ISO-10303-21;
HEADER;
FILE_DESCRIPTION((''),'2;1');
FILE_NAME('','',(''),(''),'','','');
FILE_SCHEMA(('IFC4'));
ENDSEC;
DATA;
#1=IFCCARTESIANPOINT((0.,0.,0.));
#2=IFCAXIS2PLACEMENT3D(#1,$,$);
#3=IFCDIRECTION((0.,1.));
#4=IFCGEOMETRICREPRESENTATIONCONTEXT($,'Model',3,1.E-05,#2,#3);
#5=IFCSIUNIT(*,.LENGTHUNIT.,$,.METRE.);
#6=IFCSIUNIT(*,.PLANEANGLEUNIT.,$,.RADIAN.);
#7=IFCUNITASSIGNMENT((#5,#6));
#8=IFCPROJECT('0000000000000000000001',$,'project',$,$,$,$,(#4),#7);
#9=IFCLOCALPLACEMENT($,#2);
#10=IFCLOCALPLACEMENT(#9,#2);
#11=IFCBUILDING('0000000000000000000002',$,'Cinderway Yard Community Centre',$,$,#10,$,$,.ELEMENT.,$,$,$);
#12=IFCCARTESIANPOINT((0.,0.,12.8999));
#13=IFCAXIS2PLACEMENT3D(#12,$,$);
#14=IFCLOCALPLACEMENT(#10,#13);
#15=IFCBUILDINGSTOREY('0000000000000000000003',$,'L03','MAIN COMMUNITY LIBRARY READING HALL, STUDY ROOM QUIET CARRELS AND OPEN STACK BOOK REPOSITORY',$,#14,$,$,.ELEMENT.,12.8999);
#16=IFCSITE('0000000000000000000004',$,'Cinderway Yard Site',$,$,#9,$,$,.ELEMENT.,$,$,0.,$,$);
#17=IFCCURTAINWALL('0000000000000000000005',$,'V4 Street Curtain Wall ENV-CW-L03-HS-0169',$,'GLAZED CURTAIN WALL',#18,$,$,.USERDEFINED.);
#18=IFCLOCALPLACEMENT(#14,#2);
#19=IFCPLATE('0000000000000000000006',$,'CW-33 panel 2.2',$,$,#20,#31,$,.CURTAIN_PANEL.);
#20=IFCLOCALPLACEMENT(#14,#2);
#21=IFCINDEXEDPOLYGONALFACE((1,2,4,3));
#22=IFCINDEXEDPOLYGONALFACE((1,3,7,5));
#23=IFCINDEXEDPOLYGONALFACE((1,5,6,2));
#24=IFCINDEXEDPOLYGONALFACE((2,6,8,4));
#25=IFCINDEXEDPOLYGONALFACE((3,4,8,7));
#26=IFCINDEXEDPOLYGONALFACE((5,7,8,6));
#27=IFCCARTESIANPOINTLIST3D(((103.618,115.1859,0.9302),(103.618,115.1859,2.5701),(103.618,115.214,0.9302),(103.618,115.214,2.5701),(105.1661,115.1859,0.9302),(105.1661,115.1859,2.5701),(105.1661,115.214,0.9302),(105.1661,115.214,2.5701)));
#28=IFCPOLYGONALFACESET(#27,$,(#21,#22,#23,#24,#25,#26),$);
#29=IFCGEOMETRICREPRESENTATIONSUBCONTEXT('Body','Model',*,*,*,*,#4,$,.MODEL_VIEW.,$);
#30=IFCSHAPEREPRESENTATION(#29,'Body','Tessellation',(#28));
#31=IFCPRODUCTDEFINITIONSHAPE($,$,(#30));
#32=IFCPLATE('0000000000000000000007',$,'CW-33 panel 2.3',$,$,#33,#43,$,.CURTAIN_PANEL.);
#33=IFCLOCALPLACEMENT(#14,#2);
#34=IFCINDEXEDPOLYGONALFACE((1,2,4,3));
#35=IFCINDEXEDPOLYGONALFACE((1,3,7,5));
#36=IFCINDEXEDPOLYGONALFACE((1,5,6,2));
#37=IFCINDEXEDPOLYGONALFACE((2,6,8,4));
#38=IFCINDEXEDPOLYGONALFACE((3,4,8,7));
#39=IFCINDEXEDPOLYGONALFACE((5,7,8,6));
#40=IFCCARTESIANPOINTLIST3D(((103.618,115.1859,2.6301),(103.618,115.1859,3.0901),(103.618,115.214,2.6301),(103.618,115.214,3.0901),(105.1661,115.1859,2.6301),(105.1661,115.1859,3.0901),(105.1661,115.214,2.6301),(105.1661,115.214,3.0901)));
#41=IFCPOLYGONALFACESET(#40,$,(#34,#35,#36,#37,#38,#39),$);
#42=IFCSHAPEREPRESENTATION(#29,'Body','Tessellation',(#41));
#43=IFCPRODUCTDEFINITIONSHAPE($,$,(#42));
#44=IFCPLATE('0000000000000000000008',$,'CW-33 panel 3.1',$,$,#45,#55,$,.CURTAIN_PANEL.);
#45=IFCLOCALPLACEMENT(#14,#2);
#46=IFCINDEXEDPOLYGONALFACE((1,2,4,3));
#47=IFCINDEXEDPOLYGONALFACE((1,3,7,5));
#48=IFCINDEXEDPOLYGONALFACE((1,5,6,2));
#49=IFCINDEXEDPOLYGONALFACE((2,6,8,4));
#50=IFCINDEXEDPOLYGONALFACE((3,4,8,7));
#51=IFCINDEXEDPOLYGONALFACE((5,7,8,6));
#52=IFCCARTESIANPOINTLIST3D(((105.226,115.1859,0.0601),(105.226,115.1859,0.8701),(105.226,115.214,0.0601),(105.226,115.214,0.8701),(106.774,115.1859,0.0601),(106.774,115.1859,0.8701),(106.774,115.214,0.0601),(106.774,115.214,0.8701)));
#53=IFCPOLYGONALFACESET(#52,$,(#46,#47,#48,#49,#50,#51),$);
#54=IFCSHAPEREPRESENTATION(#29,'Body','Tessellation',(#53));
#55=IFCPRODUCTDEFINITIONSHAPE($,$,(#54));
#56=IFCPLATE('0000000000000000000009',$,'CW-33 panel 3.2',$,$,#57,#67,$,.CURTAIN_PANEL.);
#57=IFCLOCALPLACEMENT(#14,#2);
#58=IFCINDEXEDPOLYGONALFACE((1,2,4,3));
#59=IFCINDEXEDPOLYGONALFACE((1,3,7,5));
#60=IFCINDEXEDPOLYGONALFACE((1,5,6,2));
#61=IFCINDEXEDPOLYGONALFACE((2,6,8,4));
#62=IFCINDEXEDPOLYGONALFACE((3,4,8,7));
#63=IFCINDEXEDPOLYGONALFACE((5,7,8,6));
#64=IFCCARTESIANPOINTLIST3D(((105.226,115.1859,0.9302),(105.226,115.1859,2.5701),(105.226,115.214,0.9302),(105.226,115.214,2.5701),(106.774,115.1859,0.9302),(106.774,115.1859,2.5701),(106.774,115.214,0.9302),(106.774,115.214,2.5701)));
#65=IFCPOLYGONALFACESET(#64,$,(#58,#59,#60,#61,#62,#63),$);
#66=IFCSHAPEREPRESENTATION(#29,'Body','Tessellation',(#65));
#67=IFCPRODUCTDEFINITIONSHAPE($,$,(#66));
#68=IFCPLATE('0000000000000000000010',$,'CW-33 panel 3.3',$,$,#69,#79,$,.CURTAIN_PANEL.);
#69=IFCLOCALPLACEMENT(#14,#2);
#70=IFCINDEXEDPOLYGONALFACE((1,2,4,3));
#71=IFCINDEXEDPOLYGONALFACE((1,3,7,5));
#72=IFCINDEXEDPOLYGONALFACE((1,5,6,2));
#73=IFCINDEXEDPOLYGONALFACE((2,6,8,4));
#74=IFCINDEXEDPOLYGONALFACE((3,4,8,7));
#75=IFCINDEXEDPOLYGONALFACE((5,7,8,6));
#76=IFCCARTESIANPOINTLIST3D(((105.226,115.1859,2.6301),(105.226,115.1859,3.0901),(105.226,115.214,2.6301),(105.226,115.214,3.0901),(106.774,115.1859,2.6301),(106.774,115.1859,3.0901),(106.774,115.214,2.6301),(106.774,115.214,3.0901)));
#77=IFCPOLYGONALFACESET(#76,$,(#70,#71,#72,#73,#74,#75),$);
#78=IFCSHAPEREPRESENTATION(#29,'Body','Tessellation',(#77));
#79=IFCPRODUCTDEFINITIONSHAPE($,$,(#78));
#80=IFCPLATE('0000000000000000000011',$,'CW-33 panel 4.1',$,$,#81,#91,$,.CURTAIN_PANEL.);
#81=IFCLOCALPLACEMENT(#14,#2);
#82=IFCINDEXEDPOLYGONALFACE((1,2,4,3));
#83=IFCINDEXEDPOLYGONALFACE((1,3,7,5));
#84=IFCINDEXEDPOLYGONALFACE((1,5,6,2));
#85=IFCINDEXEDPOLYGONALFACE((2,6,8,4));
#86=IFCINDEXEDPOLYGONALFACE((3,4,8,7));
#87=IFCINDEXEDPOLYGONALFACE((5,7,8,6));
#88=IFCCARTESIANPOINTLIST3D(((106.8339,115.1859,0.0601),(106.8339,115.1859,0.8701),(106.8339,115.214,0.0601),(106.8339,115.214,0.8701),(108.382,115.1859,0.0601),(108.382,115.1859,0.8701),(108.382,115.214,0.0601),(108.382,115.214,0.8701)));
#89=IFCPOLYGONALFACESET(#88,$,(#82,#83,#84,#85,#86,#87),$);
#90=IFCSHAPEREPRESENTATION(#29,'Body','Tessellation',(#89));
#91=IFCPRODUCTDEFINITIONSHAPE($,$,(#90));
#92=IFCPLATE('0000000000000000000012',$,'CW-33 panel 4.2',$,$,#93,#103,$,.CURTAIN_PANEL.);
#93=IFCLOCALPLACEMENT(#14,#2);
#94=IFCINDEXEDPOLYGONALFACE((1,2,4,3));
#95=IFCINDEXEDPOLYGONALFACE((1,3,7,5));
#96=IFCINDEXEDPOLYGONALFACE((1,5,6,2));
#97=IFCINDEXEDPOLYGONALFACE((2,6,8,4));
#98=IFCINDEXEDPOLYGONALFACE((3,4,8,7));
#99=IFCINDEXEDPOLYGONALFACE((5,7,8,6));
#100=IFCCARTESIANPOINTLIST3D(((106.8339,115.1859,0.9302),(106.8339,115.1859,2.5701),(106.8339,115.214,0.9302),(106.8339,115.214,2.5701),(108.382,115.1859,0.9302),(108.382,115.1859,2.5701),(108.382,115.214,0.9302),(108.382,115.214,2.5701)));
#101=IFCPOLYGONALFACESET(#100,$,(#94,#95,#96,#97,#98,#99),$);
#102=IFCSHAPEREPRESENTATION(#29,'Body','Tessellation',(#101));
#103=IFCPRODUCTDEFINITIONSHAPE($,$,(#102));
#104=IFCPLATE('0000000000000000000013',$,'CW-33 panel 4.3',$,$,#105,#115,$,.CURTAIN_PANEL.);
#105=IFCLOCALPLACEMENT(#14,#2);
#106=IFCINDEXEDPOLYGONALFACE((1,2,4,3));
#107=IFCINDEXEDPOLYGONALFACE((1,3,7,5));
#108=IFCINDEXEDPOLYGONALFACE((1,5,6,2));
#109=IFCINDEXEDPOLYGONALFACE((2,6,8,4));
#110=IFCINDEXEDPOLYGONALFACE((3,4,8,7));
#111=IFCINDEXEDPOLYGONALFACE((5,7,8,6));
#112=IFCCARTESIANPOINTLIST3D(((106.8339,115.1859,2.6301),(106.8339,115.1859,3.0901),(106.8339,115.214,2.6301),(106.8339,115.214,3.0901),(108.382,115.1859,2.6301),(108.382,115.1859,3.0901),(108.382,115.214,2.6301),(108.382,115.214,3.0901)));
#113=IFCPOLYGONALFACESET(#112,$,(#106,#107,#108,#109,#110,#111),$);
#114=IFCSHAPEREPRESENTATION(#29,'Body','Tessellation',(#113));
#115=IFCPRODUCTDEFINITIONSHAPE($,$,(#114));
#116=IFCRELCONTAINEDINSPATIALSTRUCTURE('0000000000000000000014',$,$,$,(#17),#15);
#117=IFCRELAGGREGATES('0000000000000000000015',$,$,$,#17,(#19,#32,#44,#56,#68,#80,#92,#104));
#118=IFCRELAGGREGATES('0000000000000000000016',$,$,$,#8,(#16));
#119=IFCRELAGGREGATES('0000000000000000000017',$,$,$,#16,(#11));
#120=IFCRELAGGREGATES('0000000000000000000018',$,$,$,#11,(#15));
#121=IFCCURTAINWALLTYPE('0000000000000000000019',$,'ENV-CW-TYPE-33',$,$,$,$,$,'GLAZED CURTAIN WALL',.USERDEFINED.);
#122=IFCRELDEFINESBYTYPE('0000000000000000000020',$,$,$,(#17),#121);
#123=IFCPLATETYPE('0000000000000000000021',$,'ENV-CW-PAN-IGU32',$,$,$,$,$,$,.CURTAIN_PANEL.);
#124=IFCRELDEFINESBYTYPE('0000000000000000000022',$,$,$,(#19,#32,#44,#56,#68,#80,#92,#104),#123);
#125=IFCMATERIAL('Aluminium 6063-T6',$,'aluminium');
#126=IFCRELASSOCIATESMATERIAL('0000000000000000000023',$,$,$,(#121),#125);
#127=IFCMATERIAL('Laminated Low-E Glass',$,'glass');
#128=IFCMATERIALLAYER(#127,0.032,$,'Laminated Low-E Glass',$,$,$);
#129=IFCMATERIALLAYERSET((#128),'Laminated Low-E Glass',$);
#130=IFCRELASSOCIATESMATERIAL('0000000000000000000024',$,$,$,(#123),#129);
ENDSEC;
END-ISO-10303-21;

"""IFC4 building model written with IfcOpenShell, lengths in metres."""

from ifc_helpers import new_model, si_unit, direction, frame, origin, origin_2d, place, context, subcontext, project, spatial, rectangle, extrude, material, layer, layer_set, type_object, element, aggregate, save


model = new_model("IFC4")

# Units and contexts
model_context = context("Model", 3, precision=1e-05, world=origin(), true_north=direction((0.0, 1.0)))
body_context = subcontext(model_context, "Body", "Model", "MODEL_VIEW")
ifc_project = project(units=[si_unit("LENGTHUNIT", "METRE"), si_unit("PLANEANGLEUNIT", "RADIAN")], contexts=[model_context])

# Site, building, storey
site_placement = place(None, origin())
site = spatial("IfcSite", under=ifc_project, at=site_placement, Name="Cinderway Yard Site", CompositionType="ELEMENT", RefElevation=0.0)
building_placement = place(site_placement, origin())
building = spatial("IfcBuilding", under=site, at=building_placement, Name="Cinderway Yard Community Centre", CompositionType="ELEMENT")
storey_placement = place(building_placement, frame((0.0, 0.0, 12.8999)))
storey = spatial("IfcBuildingStorey", under=building, at=storey_placement, Name="L03", Description="MAIN COMMUNITY LIBRARY READING HALL, STUDY ROOM QUIET CARRELS AND OPEN STACK BOOK REPOSITORY", CompositionType="ELEMENT", Elevation=12.8999)

# Curtain wall, plates
ifc_material_1 = material(Name="Aluminium 6063-T6", Category="aluminium")
curtain_wall_type = type_object("IfcCurtainWallType", Name="ENV-CW-TYPE-33", ElementType="GLAZED CURTAIN WALL", PredefinedType="USERDEFINED", material=ifc_material_1)
curtain_wall_placement = place(storey_placement, origin())
curtain_wall = element("IfcCurtainWall", 1, at=curtain_wall_placement, inside=storey, type_object=curtain_wall_type, Name="V4 Street Curtain Wall ENV-CW-L03-HS-0169", ObjectType="GLAZED CURTAIN WALL", PredefinedType="USERDEFINED")
ifc_material_2 = material(Name="Laminated Low-E Glass", Category="glass")
ifc_layer = layer(ifc_material_2, 0.032, Name="Laminated Low-E Glass")
ifc_layer_set = layer_set([ifc_layer], Name="Laminated Low-E Glass")
plate_type = type_object("IfcPlateType", Name="ENV-CW-PAN-IGU32", PredefinedType="CURTAIN_PANEL", material=ifc_layer_set)
plate_1_placement = place(storey_placement, frame((104.3921, 115.2, 0.9302), z_axis=(0.0, 0.0, 1.0), x_axis=(1.0, 0.0, 0.0)))
plate_1 = element("IfcPlate", 2, at=plate_1_placement, type_object=plate_type, Name="CW-33 panel 2.2", PredefinedType="CURTAIN_PANEL", context=body_context, shape_type="SweptSolid", body=[
    extrude(rectangle(XDim=1.5481, YDim=0.0281, at=origin_2d()), origin(), (0.0, 0.0, 1.0), 1.6399),
])
plate_2_placement = place(storey_placement, frame((104.3921, 115.2, 2.6301), z_axis=(0.0, 0.0, 1.0), x_axis=(1.0, 0.0, 0.0)))
plate_2 = element("IfcPlate", 3, at=plate_2_placement, type_object=plate_type, Name="CW-33 panel 2.3", PredefinedType="CURTAIN_PANEL", context=body_context, shape_type="SweptSolid", body=[
    extrude(rectangle(XDim=1.5481, YDim=0.0281, at=origin_2d()), origin(), (0.0, 0.0, 1.0), 0.46),
])
plate_3_placement = place(storey_placement, frame((106.0, 115.2, 0.0601), z_axis=(0.0, 0.0, 1.0), x_axis=(1.0, 0.0, 0.0)))
plate_3 = element("IfcPlate", 4, at=plate_3_placement, type_object=plate_type, Name="CW-33 panel 3.1", PredefinedType="CURTAIN_PANEL", context=body_context, shape_type="SweptSolid", body=[
    extrude(rectangle(XDim=1.5481, YDim=0.0281, at=origin_2d()), origin(), (0.0, 0.0, 1.0), 0.8101),
])
plate_4_placement = place(storey_placement, frame((106.0, 115.2, 0.9302), z_axis=(0.0, 0.0, 1.0), x_axis=(1.0, 0.0, 0.0)))
plate_4 = element("IfcPlate", 5, at=plate_4_placement, type_object=plate_type, Name="CW-33 panel 3.2", PredefinedType="CURTAIN_PANEL", context=body_context, shape_type="SweptSolid", body=[
    extrude(rectangle(XDim=1.5481, YDim=0.0281, at=origin_2d()), origin(), (0.0, 0.0, 1.0), 1.6399),
])
plate_5_placement = place(storey_placement, frame((106.0, 115.2, 2.6301), z_axis=(0.0, 0.0, 1.0), x_axis=(1.0, 0.0, 0.0)))
plate_5 = element("IfcPlate", 6, at=plate_5_placement, type_object=plate_type, Name="CW-33 panel 3.3", PredefinedType="CURTAIN_PANEL", context=body_context, shape_type="SweptSolid", body=[
    extrude(rectangle(XDim=1.5481, YDim=0.0281, at=origin_2d()), origin(), (0.0, 0.0, 1.0), 0.46),
])
plate_6_placement = place(storey_placement, frame((107.6079, 115.2, 0.0601), z_axis=(0.0, 0.0, 1.0), x_axis=(1.0, 0.0, 0.0)))
plate_6 = element("IfcPlate", 7, at=plate_6_placement, type_object=plate_type, Name="CW-33 panel 4.1", PredefinedType="CURTAIN_PANEL", context=body_context, shape_type="SweptSolid", body=[
    extrude(rectangle(XDim=1.5481, YDim=0.0281, at=origin_2d()), origin(), (0.0, 0.0, 1.0), 0.8101),
])
plate_7_placement = place(storey_placement, frame((107.6079, 115.2, 0.9302), z_axis=(0.0, 0.0, 1.0), x_axis=(1.0, 0.0, 0.0)))
plate_7 = element("IfcPlate", 8, at=plate_7_placement, type_object=plate_type, Name="CW-33 panel 4.2", PredefinedType="CURTAIN_PANEL", context=body_context, shape_type="SweptSolid", body=[
    extrude(rectangle(XDim=1.5481, YDim=0.0281, at=origin_2d()), origin(), (0.0, 0.0, 1.0), 1.6399),
])
plate_8_placement = place(storey_placement, frame((107.6079, 115.2, 2.6301), z_axis=(0.0, 0.0, 1.0), x_axis=(1.0, 0.0, 0.0)))
plate_8 = element("IfcPlate", 9, at=plate_8_placement, type_object=plate_type, Name="CW-33 panel 4.3", PredefinedType="CURTAIN_PANEL", context=body_context, shape_type="SweptSolid", body=[
    extrude(rectangle(XDim=1.5481, YDim=0.0281, at=origin_2d()), origin(), (0.0, 0.0, 1.0), 0.46),
])
aggregate(curtain_wall, [plate_1, plate_2, plate_3, plate_4, plate_5, plate_6, plate_7, plate_8])

save(model, "model.ifc")
